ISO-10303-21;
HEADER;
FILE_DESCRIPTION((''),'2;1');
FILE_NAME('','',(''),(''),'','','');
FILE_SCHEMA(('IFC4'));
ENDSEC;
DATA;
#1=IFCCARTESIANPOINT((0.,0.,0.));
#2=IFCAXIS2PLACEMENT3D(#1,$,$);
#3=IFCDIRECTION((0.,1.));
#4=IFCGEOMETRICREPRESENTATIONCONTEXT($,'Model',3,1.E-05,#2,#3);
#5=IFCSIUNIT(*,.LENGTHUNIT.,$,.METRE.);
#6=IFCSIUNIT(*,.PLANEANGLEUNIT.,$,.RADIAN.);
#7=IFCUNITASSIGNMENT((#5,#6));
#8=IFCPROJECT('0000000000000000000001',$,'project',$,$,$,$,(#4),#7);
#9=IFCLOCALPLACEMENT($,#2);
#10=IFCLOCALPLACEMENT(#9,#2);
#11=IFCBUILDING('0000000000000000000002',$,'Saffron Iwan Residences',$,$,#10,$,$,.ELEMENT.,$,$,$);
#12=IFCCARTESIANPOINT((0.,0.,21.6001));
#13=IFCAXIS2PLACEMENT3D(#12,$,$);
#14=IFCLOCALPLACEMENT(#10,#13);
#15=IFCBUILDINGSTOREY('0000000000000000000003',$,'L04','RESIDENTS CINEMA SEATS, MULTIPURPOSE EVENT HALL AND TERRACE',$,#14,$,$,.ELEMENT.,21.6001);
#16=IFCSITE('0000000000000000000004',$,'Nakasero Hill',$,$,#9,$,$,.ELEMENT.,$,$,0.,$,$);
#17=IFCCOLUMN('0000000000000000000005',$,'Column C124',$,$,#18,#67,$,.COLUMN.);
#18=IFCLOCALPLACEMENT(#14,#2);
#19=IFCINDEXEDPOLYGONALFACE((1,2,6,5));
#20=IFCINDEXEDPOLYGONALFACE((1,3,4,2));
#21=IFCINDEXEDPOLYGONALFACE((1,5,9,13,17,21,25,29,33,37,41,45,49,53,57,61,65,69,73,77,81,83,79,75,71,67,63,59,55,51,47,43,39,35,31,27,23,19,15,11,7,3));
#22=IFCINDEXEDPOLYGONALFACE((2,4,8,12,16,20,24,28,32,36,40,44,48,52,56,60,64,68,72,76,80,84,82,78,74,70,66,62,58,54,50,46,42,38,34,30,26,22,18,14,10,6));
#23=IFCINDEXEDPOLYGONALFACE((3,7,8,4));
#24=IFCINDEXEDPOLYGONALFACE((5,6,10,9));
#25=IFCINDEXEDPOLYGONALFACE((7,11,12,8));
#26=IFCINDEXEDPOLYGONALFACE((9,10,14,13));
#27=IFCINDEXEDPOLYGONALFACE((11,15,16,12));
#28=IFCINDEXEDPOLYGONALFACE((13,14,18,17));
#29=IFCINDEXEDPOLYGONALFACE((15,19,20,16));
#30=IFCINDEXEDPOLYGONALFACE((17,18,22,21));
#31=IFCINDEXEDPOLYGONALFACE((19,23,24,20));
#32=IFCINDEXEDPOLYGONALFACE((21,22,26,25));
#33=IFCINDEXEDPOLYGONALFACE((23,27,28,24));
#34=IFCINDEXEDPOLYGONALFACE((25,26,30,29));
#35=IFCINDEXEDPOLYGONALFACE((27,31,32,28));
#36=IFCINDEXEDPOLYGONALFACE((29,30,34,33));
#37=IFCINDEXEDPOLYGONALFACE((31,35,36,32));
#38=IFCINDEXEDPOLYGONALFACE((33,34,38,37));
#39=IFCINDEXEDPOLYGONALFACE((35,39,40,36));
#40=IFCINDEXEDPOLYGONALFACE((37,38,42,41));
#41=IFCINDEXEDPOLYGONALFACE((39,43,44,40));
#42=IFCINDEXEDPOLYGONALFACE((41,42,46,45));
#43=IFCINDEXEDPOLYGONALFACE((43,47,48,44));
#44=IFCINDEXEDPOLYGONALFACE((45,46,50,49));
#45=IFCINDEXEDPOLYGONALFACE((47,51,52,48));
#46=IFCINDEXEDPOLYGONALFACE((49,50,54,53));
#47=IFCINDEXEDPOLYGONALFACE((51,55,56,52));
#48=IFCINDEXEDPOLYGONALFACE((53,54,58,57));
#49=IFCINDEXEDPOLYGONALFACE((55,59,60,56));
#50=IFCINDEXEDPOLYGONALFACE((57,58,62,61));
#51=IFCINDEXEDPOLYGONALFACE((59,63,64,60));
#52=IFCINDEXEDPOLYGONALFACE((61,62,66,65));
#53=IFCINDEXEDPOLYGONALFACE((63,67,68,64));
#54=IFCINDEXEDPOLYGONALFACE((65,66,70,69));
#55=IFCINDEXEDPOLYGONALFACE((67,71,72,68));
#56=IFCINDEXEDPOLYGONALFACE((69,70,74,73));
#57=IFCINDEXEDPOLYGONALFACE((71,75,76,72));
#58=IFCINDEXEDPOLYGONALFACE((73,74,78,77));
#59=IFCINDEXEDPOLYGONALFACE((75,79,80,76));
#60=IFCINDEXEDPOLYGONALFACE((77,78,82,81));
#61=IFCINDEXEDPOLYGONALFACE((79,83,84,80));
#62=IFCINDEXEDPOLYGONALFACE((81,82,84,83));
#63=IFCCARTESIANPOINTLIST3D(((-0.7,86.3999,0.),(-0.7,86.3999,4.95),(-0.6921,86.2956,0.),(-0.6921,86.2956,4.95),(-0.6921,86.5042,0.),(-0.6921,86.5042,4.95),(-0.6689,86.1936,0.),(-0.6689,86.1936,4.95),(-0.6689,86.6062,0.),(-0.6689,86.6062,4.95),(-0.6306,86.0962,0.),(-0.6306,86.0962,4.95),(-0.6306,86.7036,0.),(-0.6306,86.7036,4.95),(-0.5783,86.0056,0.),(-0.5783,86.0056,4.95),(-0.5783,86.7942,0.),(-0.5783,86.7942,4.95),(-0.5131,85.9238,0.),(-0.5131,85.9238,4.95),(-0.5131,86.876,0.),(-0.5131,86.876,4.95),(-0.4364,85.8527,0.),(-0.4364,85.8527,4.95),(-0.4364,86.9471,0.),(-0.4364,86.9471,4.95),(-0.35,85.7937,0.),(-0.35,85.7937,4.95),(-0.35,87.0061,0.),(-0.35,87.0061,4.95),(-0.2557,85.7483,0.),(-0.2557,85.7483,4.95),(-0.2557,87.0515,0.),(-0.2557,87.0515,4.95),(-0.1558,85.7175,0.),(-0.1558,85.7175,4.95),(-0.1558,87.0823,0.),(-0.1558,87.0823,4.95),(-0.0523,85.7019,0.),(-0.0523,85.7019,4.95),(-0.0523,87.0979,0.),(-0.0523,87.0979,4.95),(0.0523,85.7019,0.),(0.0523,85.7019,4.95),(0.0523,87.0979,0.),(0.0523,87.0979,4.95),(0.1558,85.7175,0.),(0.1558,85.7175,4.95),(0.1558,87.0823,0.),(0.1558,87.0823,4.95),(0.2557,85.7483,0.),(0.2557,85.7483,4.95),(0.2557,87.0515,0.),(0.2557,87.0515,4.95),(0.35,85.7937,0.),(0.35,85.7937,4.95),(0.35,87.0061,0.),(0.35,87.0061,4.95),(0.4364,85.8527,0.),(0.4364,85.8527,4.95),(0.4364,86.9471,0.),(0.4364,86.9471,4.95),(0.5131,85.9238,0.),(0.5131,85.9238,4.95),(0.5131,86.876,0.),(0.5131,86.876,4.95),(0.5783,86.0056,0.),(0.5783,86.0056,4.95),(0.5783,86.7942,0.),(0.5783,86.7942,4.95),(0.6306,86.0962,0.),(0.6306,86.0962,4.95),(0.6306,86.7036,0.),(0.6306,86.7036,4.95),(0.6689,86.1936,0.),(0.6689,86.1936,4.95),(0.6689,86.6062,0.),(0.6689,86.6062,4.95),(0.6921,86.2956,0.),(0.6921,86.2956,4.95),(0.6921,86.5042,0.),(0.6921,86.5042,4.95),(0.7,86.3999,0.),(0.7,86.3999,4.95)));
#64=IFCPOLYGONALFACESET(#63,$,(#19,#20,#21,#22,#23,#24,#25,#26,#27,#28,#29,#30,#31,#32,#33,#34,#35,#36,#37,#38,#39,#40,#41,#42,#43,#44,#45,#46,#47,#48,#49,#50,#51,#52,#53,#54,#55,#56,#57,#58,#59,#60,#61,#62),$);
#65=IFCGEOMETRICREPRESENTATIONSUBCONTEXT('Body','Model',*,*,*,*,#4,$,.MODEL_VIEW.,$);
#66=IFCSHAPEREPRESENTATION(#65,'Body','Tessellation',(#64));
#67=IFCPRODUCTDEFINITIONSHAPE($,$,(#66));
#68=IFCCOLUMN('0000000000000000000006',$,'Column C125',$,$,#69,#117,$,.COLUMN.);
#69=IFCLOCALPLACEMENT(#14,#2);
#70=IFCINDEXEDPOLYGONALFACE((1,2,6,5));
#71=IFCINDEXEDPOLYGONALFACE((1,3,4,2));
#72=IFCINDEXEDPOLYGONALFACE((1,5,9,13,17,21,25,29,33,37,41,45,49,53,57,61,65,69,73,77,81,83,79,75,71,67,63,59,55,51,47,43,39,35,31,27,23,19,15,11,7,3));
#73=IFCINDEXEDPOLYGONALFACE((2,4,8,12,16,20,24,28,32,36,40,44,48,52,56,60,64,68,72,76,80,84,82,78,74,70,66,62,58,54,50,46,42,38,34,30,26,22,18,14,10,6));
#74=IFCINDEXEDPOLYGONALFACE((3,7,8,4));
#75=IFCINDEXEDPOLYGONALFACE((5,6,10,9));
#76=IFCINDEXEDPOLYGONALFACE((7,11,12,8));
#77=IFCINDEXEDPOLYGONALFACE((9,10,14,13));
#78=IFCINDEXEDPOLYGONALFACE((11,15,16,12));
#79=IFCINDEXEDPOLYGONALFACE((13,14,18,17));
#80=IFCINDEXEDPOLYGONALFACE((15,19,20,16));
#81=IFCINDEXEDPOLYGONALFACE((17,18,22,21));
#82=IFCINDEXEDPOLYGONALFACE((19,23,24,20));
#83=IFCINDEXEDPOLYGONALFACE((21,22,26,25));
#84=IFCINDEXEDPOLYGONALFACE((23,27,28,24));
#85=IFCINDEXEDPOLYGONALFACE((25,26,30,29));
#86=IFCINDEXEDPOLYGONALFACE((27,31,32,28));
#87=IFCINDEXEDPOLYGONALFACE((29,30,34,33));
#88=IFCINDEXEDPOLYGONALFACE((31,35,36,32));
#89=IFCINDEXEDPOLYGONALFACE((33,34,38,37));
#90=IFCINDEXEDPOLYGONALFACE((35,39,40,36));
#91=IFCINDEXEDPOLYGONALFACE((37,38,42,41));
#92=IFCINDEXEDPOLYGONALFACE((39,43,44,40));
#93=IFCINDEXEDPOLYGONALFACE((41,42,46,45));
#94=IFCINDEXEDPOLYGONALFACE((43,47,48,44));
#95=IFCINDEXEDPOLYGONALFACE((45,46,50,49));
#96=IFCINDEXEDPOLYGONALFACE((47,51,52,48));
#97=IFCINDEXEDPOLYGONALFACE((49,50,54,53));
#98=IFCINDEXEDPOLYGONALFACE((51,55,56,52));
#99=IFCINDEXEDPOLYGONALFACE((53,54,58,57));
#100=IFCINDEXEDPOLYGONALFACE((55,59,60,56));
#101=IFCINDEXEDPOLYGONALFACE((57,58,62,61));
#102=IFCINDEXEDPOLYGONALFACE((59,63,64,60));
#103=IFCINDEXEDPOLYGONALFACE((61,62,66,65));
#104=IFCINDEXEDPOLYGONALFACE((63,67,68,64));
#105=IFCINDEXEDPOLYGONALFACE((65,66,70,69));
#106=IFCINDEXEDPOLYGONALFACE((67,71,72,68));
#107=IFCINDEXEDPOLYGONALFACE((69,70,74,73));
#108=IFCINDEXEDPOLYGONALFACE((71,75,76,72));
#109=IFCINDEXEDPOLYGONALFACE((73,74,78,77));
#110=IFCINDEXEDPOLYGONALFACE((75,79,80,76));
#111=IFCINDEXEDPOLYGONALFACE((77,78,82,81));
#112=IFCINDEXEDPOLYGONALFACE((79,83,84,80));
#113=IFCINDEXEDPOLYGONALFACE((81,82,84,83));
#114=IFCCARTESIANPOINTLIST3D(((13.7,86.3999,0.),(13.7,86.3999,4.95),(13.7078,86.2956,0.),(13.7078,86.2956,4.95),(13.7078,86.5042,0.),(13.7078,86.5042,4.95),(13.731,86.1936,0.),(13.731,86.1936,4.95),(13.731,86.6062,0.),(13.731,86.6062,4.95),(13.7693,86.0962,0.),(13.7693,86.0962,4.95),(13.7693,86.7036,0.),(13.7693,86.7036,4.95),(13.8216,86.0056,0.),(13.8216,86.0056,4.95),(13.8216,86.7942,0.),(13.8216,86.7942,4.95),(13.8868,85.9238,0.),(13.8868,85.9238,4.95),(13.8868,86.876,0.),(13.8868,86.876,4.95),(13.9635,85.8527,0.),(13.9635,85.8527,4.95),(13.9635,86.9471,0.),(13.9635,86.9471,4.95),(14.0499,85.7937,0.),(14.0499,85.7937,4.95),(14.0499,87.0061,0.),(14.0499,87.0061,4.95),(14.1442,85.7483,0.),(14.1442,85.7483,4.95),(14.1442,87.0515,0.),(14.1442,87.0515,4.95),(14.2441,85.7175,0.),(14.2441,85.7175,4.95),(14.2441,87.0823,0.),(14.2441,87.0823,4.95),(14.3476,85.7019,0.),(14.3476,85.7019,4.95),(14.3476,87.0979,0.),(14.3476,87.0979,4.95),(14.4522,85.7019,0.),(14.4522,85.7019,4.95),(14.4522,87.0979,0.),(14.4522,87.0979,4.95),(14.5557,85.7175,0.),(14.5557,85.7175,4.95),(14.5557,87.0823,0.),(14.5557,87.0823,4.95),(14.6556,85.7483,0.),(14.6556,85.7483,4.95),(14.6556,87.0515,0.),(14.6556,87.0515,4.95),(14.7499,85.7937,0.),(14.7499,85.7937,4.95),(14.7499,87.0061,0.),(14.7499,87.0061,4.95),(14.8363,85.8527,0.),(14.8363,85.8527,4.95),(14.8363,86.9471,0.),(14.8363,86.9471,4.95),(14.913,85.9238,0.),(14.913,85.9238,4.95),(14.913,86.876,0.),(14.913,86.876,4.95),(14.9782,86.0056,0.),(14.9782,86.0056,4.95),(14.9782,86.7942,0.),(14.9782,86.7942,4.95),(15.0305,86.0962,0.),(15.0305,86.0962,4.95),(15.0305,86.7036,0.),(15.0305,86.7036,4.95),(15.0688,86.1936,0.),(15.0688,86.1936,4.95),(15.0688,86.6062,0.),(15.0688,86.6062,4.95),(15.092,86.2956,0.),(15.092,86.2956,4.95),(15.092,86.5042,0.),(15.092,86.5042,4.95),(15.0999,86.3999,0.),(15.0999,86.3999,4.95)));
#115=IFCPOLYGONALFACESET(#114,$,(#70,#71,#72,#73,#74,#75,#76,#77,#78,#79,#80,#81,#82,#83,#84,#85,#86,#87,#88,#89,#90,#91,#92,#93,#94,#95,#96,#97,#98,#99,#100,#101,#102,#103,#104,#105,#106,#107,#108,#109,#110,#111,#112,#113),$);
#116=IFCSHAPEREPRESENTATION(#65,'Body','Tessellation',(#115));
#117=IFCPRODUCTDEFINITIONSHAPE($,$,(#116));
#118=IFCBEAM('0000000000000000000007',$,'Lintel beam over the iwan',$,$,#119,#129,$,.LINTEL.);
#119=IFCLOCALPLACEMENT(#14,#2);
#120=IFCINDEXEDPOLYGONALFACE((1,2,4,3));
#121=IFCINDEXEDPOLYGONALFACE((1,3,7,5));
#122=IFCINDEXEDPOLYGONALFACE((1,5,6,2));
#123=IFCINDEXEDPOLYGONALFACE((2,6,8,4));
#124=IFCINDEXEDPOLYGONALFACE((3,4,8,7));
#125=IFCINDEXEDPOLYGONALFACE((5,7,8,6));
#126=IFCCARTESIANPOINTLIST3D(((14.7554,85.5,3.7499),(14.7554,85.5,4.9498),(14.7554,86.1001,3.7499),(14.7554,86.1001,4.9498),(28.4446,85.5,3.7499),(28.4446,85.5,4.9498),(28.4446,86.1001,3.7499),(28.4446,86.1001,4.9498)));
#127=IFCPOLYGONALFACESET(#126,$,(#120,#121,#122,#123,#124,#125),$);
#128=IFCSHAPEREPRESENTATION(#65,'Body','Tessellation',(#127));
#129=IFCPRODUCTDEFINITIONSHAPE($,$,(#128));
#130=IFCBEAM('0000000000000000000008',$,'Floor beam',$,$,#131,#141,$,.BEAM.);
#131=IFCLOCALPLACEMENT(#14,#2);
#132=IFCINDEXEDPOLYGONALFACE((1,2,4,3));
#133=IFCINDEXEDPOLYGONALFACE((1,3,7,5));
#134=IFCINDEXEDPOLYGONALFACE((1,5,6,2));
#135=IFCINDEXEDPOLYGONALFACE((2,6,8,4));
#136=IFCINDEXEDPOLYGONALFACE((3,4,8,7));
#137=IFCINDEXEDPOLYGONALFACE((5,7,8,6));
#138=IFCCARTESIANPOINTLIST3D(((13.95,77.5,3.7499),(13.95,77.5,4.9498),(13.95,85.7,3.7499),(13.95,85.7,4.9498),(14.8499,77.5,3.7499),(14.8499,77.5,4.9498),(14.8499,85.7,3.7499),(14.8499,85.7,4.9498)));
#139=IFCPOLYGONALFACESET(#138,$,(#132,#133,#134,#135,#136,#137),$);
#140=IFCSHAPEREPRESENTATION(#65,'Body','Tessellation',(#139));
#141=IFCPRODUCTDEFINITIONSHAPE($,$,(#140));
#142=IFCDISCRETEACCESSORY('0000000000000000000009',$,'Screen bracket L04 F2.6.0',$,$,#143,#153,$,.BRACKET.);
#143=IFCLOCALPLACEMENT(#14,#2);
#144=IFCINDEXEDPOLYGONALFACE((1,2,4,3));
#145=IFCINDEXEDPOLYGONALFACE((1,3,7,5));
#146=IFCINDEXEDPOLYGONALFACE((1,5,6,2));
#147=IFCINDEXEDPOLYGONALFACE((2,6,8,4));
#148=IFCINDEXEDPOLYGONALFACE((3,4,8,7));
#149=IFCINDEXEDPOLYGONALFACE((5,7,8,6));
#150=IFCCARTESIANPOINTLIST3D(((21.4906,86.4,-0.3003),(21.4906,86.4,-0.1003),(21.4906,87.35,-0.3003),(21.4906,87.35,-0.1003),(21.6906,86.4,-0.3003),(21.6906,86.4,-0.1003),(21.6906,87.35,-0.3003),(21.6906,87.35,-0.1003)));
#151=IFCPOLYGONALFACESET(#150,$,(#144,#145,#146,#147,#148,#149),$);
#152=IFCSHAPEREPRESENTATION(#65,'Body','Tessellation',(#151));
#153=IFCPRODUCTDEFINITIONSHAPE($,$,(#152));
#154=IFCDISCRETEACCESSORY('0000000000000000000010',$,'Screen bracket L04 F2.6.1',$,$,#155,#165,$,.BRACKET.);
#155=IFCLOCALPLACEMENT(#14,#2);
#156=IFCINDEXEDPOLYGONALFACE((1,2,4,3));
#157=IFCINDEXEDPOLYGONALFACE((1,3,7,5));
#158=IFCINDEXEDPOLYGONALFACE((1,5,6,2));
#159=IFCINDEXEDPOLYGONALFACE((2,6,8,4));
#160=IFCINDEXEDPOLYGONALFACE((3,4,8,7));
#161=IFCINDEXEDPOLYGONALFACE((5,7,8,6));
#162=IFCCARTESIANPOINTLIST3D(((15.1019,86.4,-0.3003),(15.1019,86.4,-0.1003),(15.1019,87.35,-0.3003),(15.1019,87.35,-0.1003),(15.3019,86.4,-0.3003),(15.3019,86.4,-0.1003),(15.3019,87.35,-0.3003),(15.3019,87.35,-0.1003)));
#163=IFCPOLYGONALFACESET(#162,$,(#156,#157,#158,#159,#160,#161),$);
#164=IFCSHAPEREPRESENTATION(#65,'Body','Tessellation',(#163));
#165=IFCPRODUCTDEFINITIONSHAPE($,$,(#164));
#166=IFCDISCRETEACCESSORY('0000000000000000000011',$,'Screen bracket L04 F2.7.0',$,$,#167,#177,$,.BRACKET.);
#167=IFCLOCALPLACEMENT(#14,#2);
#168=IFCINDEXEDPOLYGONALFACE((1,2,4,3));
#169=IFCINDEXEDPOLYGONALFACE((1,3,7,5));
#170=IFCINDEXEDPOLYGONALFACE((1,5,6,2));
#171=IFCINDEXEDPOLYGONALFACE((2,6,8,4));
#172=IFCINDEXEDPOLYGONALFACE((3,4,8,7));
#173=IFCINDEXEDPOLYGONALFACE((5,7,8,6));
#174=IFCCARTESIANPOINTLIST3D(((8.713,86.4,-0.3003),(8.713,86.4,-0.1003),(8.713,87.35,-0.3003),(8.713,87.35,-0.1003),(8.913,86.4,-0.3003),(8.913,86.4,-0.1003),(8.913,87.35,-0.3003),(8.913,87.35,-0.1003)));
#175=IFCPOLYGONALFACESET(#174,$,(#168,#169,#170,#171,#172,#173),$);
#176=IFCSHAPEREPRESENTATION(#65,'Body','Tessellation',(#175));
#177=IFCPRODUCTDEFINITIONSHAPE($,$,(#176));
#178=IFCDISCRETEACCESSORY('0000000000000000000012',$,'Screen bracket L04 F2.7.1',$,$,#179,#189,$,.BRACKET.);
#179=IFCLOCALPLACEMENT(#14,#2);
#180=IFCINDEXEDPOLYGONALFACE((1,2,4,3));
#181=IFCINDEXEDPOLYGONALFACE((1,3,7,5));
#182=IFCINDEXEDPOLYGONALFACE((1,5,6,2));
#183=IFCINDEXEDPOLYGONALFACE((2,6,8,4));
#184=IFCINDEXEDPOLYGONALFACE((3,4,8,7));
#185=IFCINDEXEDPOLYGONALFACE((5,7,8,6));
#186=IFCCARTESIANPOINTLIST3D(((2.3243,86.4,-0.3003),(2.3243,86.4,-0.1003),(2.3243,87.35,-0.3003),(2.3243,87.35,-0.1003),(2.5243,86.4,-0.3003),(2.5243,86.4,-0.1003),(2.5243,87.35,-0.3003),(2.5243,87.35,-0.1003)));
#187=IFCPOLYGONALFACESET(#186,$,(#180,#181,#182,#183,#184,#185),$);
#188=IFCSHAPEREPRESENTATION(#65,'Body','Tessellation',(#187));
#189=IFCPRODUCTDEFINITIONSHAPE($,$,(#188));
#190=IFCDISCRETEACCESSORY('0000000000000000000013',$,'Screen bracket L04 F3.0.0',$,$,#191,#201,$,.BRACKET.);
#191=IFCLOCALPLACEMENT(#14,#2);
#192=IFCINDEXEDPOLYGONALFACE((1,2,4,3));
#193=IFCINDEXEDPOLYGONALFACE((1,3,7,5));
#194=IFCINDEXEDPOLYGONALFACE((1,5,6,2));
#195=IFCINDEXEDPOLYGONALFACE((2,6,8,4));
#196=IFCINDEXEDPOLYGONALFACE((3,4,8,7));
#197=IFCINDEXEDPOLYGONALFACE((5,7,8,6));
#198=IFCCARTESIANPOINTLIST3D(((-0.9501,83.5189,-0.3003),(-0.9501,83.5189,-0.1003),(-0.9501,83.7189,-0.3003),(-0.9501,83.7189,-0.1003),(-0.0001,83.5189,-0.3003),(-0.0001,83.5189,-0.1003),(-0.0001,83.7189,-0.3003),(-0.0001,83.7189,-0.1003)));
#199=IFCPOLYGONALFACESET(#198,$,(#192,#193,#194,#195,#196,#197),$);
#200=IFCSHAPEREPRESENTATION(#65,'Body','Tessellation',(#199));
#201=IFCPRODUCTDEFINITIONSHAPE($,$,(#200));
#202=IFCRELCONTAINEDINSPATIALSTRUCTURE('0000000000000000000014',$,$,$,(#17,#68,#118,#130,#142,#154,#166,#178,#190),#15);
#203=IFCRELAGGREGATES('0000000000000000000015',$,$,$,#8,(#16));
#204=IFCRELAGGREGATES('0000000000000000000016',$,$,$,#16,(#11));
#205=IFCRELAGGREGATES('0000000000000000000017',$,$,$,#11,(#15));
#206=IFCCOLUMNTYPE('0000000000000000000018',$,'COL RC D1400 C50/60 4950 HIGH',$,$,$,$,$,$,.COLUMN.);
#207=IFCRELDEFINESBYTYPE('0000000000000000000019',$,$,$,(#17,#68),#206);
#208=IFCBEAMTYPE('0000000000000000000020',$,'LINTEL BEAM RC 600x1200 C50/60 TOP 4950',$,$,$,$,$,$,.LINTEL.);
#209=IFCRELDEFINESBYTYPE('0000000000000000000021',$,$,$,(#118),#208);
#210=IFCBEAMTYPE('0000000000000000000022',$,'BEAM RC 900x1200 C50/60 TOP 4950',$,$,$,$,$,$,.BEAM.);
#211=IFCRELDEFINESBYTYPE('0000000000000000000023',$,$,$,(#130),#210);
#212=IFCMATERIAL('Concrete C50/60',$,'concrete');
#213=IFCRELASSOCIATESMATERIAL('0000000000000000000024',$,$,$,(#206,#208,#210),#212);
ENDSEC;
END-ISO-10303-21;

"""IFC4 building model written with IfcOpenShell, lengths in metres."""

from ifc_helpers import new_model, si_unit, direction, frame, origin, origin_2d, place, context, subcontext, project, spatial, rectangle, circle, extrude, source, transform, mapped, material, material_profile, profile_set, type_object, element, save


model = new_model("IFC4")

# Units and contexts
model_context = context("Model", 3, precision=1e-05, world=origin(), true_north=direction((0.0, 1.0)))
body_context = subcontext(model_context, "Body", "Model", "MODEL_VIEW")
ifc_project = project(units=[si_unit("LENGTHUNIT", "METRE"), si_unit("PLANEANGLEUNIT", "RADIAN")], contexts=[model_context])

# Site, building, storey
site_placement = place(None, origin())
site = spatial("IfcSite", under=ifc_project, at=site_placement, Name="Nakasero Hill", CompositionType="ELEMENT", RefElevation=0.0)
building_placement = place(site_placement, origin())
building = spatial("IfcBuilding", under=site, at=building_placement, Name="Saffron Iwan Residences", CompositionType="ELEMENT")
storey_placement = place(building_placement, frame((0.0, 0.0, 21.6001)))
storey = spatial("IfcBuildingStorey", under=building, at=storey_placement, Name="L04", Description="RESIDENTS CINEMA SEATS, MULTIPURPOSE EVENT HALL AND TERRACE", CompositionType="ELEMENT", Elevation=21.6001)

# Columns
ifc_material_1 = material(Name="Concrete C50/60", Category="concrete")
ifc_material_profile_1 = material_profile(ifc_material_1, circle(Radius=0.7, at=origin_2d()), Name="RC D1400")
ifc_profile_set_1 = profile_set([ifc_material_profile_1], Name="Concrete C50/60")
column_type = type_object("IfcColumnType", Name="COL RC D1400 C50/60 4950 HIGH", PredefinedType="COLUMN", material=ifc_profile_set_1)
shared_shape_1 = source(origin(), body_context, "Body", "SweptSolid", [
    extrude(circle(Radius=0.7, at=origin_2d()), origin(), (0.0, 0.0, 1.0), 4.95),
])
for number, where, z_axis, x_axis, name in (
    (1, (0.0, 86.3999, 0.0), (0.0, 0.0, 1.0), (1.0, 0.0, 0.0), "Column C124"),
    (2, (14.3999, 86.3999, 0.0), (0.0, 0.0, 1.0), (1.0, 0.0, 0.0), "Column C125"),
):
    element("IfcColumn", number, at=place(storey_placement, frame(where, z_axis=z_axis, x_axis=x_axis)), inside=storey, type_object=column_type, Name=name, PredefinedType="COLUMN", context=body_context, shape_type="MappedRepresentation", body=[
        mapped(shared_shape_1, transform((0.0, 0.0, 0.0))),
    ])

# Beams
ifc_material_profile_2 = material_profile(ifc_material_1, rectangle(XDim=0.6001, YDim=1.2, at=origin_2d()), Name="RC 600x1200")
ifc_profile_set_2 = profile_set([ifc_material_profile_2], Name="Concrete C50/60")
beam_type_1 = type_object("IfcBeamType", Name="LINTEL BEAM RC 600x1200 C50/60 TOP 4950", PredefinedType="LINTEL", material=ifc_profile_set_2)
shared_shape_2 = source(origin(), body_context, "Body", "SweptSolid", [
    extrude(rectangle(XDim=0.6001, YDim=1.2, at=origin_2d()), origin(), (0.0, 0.0, 1.0), 13.6892),
])
beam_1_placement = place(storey_placement, frame((14.7554, 85.8, 4.3499), z_axis=(1.0, 0.0, 0.0), x_axis=(0.0, 1.0, 0.0)))
element("IfcBeam", 3, at=beam_1_placement, inside=storey, type_object=beam_type_1, Name="Lintel beam over the iwan", PredefinedType="LINTEL", context=body_context, shape_type="MappedRepresentation", body=[
    mapped(shared_shape_2, transform((0.0, 0.0, 0.0))),
])
ifc_material_profile_3 = material_profile(ifc_material_1, rectangle(XDim=0.8999, YDim=1.2, at=origin_2d()), Name="RC 900x1200")
ifc_profile_set_3 = profile_set([ifc_material_profile_3], Name="Concrete C50/60")
beam_type_2 = type_object("IfcBeamType", Name="BEAM RC 900x1200 C50/60 TOP 4950", PredefinedType="BEAM", material=ifc_profile_set_3)
shared_shape_3 = source(origin(), body_context, "Body", "SweptSolid", [
    extrude(rectangle(XDim=0.8999, YDim=1.2, at=origin_2d()), origin(), (0.0, 0.0, 1.0), 8.2),
])
beam_2_placement = place(storey_placement, frame((14.3999, 77.5, 4.3499), z_axis=(0.0, 1.0, 0.0), x_axis=(-1.0, 0.0, 0.0)))
element("IfcBeam", 4, at=beam_2_placement, inside=storey, type_object=beam_type_2, Name="Floor beam", PredefinedType="BEAM", context=body_context, shape_type="MappedRepresentation", body=[
    mapped(shared_shape_3, transform((0.0, 0.0, 0.0))),
])

# Discrete accessories
shared_shape_4 = source(origin(), body_context, "Body", "SweptSolid", [
    extrude(rectangle(XDim=0.95, YDim=0.2, at=origin_2d()), origin(), (0.0, 0.0, 1.0), 0.2),
])
for number, where, z_axis, x_axis, name in (
    (5, (21.5906, 86.875, -0.3003), (0.0, 0.0, 1.0), (0.0, 1.0, 0.0), "Screen bracket L04 F2.6.0"),
    (6, (15.2019, 86.875, -0.3003), (0.0, 0.0, 1.0), (0.0, 1.0, 0.0), "Screen bracket L04 F2.6.1"),
    (7, (8.813, 86.875, -0.3003), (0.0, 0.0, 1.0), (0.0, 1.0, 0.0), "Screen bracket L04 F2.7.0"),
    (8, (2.4243, 86.875, -0.3003), (0.0, 0.0, 1.0), (0.0, 1.0, 0.0), "Screen bracket L04 F2.7.1"),
    (9, (-0.4751, 83.6189, -0.3003), (0.0, 0.0, 1.0), (-1.0, 0.0, 0.0), "Screen bracket L04 F3.0.0"),
):
    element("IfcDiscreteAccessory", number, at=place(storey_placement, frame(where, z_axis=z_axis, x_axis=x_axis)), inside=storey, Name=name, PredefinedType="BRACKET", context=body_context, shape_type="MappedRepresentation", body=[
        mapped(shared_shape_4, transform((0.0, 0.0, 0.0))),
    ])

save(model, "model.ifc")
